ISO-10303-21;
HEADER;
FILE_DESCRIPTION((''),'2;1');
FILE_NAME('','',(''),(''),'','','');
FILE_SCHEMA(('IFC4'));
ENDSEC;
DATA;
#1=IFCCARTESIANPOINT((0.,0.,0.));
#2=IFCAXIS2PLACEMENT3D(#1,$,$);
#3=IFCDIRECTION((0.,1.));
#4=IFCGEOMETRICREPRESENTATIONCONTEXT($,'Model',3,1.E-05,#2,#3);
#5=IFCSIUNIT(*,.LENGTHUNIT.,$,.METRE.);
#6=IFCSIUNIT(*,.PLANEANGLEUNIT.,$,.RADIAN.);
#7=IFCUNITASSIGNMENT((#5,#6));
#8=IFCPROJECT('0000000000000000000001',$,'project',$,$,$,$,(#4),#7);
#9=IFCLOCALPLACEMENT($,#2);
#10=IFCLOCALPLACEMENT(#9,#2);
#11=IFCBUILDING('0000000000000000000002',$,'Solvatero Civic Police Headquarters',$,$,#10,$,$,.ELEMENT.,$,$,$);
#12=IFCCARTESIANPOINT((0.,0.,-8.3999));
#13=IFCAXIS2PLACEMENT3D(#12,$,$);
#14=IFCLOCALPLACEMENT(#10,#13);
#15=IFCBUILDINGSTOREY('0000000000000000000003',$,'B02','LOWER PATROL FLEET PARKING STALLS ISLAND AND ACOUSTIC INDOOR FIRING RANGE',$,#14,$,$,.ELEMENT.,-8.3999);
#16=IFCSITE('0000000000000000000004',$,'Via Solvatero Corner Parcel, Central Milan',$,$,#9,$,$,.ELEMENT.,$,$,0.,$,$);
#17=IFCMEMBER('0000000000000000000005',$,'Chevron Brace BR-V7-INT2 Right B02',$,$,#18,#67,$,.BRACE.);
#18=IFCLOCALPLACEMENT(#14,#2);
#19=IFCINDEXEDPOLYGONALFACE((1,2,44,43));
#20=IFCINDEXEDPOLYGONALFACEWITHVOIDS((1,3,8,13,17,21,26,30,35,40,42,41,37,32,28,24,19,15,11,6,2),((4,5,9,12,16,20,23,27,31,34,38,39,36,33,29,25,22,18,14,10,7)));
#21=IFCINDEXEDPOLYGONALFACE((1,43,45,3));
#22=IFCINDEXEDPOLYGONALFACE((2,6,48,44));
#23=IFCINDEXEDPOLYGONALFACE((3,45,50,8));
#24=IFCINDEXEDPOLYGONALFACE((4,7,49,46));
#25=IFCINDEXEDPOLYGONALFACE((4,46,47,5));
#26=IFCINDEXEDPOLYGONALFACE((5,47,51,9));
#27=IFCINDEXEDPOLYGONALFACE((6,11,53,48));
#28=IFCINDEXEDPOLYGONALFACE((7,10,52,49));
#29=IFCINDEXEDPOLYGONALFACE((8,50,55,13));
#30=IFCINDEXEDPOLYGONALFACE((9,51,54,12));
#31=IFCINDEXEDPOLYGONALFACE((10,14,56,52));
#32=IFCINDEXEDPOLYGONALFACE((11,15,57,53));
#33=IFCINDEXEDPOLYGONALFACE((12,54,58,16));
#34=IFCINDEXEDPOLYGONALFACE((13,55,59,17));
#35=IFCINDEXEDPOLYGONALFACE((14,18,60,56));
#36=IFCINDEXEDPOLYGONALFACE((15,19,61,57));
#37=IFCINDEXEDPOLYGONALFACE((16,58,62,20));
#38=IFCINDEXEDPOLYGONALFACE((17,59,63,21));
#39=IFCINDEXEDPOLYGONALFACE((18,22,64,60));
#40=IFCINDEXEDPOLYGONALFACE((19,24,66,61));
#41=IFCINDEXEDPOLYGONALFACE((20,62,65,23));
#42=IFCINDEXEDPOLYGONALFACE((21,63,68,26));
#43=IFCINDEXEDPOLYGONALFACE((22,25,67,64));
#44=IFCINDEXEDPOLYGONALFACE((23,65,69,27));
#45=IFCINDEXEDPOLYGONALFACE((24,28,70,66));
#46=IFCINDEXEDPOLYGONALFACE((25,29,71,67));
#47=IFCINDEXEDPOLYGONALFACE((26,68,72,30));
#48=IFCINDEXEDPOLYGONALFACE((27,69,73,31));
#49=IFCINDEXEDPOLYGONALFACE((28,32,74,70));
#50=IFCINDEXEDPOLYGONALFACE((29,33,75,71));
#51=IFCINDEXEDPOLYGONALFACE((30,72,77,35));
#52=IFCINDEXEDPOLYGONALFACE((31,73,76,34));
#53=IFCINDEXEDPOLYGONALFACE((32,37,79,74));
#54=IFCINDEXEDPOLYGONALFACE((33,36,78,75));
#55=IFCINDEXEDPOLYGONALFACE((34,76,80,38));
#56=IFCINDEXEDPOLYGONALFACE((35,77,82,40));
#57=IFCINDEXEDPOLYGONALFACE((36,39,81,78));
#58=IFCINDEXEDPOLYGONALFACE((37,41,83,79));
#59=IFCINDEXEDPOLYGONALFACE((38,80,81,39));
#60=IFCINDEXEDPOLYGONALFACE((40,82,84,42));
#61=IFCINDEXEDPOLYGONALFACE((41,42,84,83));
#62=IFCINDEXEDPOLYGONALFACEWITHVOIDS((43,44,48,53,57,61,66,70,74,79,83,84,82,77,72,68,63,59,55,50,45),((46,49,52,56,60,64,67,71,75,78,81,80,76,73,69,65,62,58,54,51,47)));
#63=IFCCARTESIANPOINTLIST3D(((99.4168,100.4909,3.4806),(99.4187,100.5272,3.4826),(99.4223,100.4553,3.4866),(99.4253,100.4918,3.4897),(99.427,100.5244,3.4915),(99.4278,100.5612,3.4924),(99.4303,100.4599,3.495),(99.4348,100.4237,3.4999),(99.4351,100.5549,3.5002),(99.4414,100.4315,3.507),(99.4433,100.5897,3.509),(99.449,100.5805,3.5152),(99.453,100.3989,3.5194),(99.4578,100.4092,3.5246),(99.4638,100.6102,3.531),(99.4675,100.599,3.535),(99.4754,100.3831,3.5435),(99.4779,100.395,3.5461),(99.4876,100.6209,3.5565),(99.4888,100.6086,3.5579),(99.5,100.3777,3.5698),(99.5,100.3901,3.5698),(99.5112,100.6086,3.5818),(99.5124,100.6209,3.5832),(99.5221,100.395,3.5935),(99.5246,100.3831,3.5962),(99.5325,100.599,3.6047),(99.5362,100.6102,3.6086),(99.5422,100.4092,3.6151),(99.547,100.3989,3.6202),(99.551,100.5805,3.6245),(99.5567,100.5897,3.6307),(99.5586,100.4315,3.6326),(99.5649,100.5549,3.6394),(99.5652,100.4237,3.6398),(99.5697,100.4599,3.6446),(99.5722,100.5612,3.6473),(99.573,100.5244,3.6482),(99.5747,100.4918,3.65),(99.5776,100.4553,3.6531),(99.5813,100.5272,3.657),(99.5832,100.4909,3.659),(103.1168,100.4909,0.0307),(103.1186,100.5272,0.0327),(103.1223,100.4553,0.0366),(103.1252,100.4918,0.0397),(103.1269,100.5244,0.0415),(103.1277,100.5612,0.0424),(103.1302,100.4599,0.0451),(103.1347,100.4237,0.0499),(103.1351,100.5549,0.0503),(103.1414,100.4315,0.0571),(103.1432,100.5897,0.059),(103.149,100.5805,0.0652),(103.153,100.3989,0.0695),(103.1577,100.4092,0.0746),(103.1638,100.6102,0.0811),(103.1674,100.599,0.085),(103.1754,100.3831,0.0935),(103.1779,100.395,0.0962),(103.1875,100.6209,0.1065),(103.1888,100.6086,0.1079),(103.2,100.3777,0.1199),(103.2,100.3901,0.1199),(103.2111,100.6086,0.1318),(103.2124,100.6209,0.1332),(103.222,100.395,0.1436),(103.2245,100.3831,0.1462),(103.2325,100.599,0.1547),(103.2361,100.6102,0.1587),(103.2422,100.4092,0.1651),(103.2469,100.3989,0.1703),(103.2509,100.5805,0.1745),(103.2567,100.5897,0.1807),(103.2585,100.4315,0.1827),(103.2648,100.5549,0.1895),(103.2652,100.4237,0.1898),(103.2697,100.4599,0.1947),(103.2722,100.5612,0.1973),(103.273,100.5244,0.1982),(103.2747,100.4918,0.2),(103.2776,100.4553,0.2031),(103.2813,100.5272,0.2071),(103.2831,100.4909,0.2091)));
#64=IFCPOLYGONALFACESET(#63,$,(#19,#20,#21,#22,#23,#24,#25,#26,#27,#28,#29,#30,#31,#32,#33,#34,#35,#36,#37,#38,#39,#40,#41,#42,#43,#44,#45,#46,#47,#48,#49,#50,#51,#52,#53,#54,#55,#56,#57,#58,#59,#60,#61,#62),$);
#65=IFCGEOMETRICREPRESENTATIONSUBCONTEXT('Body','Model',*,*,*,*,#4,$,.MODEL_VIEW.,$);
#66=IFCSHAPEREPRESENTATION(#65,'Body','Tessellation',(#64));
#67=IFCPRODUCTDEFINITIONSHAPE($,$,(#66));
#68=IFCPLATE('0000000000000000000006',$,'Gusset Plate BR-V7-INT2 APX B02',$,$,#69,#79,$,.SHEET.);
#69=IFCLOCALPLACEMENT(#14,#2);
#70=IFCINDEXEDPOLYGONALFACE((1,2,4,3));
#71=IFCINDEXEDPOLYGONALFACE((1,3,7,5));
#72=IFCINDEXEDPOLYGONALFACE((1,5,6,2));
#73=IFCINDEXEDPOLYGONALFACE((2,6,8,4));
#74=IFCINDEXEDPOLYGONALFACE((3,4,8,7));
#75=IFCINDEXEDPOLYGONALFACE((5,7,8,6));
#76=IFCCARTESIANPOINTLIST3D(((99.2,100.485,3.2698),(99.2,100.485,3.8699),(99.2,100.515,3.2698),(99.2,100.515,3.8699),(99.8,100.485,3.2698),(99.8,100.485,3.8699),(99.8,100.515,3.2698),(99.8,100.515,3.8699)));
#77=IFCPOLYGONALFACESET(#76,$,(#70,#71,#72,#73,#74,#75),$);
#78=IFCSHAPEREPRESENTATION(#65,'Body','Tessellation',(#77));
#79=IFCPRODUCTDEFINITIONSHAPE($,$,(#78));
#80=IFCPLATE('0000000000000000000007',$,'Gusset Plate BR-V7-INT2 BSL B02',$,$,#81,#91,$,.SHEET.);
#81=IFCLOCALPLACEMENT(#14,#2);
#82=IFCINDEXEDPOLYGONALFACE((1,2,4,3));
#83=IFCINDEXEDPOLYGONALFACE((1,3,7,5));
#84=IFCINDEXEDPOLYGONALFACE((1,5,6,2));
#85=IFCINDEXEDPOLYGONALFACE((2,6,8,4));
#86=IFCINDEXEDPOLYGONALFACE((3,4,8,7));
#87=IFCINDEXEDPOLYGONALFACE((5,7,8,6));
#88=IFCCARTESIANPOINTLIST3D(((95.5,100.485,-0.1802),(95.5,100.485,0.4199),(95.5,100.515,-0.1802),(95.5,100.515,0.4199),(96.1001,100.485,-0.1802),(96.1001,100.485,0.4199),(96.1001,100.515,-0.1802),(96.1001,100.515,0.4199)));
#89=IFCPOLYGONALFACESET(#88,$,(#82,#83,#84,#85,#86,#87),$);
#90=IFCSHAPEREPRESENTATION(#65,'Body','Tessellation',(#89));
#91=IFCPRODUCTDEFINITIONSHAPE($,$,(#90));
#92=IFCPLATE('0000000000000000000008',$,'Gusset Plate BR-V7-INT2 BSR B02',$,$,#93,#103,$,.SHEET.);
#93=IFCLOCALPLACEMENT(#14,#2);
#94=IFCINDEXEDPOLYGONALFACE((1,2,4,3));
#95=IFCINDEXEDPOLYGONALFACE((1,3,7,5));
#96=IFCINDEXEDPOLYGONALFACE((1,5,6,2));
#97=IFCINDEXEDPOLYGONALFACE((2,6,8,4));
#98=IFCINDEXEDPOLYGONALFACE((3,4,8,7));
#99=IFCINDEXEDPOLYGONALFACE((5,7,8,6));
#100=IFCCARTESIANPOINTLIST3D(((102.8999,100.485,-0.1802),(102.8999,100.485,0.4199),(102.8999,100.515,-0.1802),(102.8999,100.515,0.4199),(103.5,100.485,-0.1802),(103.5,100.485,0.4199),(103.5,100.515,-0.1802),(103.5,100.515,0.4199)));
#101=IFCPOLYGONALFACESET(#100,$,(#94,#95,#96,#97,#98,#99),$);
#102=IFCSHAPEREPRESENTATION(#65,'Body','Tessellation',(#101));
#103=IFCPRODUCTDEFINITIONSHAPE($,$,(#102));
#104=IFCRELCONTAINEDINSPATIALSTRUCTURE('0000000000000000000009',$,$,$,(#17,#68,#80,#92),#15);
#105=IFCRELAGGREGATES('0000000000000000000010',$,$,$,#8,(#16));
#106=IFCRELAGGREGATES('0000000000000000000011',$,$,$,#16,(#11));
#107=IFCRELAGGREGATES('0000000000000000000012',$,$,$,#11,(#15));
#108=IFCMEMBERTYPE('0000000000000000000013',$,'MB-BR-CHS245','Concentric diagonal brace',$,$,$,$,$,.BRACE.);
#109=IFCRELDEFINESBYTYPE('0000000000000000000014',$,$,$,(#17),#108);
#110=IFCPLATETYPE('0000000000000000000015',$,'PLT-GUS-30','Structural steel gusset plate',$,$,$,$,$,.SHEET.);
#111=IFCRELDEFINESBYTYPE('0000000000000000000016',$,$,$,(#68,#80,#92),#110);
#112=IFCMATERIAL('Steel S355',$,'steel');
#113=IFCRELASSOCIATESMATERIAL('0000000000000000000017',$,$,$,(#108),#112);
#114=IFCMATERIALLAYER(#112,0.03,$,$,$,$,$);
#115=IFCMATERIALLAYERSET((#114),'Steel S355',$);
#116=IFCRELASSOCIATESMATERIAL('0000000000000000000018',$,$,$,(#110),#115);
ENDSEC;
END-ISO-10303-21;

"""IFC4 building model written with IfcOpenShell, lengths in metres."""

from ifc_helpers import new_model, si_unit, direction, frame, origin, origin_2d, place, context, subcontext, project, spatial, rectangle, hollow_circle, extrude, material, layer, layer_set, material_profile, profile_set, type_object, element, save


model = new_model("IFC4")

# Units and contexts
model_context = context("Model", 3, precision=1e-05, world=origin(), true_north=direction((0.0, 1.0)))
body_context = subcontext(model_context, "Body", "Model", "MODEL_VIEW")
ifc_project = project(units=[si_unit("LENGTHUNIT", "METRE"), si_unit("PLANEANGLEUNIT", "RADIAN")], contexts=[model_context])

# Site, building, storey
site_placement = place(None, origin())
site = spatial("IfcSite", under=ifc_project, at=site_placement, Name="Via Solvatero Corner Parcel, Central Milan", CompositionType="ELEMENT", RefElevation=0.0)
building_placement = place(site_placement, origin())
building = spatial("IfcBuilding", under=site, at=building_placement, Name="Solvatero Civic Police Headquarters", CompositionType="ELEMENT")
storey_placement = place(building_placement, frame((0.0, 0.0, -8.3999)))
storey = spatial("IfcBuildingStorey", under=building, at=storey_placement, Name="B02", Description="LOWER PATROL FLEET PARKING STALLS ISLAND AND ACOUSTIC INDOOR FIRING RANGE", CompositionType="ELEMENT", Elevation=-8.3999)

# Member
ifc_material_1 = material(Name="Steel S355", Category="steel")
ifc_material_profile_1 = material_profile(ifc_material_1, hollow_circle(Radius=0.1223, WallThickness=0.0125, at=origin_2d()), Name="CHS 244.5x12.5")
ifc_profile_set_1 = profile_set([ifc_material_profile_1], Name="Steel S355")
member_type = type_object("IfcMemberType", Name="MB-BR-CHS245", Description="Concentric diagonal brace", PredefinedType="BRACE", material=ifc_profile_set_1)
for number, where, z_axis, x_axis, name in (
    (1, (103.2, 100.5, 0.1199), (-0.731384, 0.0, 0.681966), (0.0, -1.0, 0.0), "Chevron Brace BR-V7-INT2 Right B02"),
):
    element("IfcMember", number, at=place(storey_placement, frame(where, z_axis=z_axis, x_axis=x_axis)), inside=storey, type_object=member_type, Name=name, PredefinedType="BRACE", context=body_context, shape_type="SweptSolid", body=[
        extrude(hollow_circle(Radius=0.1223, WallThickness=0.0125, at=origin_2d()), origin(), (0.0, 0.0, 1.0), 5.0588),
    ])

# Plates
ifc_layer = layer(ifc_material_1, 0.03)
ifc_layer_set = layer_set([ifc_layer], Name="Steel S355")
plate_type = type_object("IfcPlateType", Name="PLT-GUS-30", Description="Structural steel gusset plate", PredefinedType="SHEET", material=ifc_layer_set)
for number, where, z_axis, x_axis, name in (
    (2, (99.5, 100.5, 3.2698), (0.0, 0.0, 1.0), (1.0, 0.0, 0.0), "Gusset Plate BR-V7-INT2 APX B02"),
    (3, (95.8, 100.5, -0.1802), (0.0, 0.0, 1.0), (1.0, 0.0, 0.0), "Gusset Plate BR-V7-INT2 BSL B02"),
    (4, (103.2, 100.5, -0.1802), (0.0, 0.0, 1.0), (1.0, 0.0, 0.0), "Gusset Plate BR-V7-INT2 BSR B02"),
):
    element("IfcPlate", number, at=place(storey_placement, frame(where, z_axis=z_axis, x_axis=x_axis)), inside=storey, type_object=plate_type, Name=name, PredefinedType="SHEET", context=body_context, shape_type="SweptSolid", body=[
        extrude(rectangle(XDim=0.6001, YDim=0.03, at=origin_2d()), origin(), (0.0, 0.0, 1.0), 0.6001),
    ])

save(model, "model.ifc")
